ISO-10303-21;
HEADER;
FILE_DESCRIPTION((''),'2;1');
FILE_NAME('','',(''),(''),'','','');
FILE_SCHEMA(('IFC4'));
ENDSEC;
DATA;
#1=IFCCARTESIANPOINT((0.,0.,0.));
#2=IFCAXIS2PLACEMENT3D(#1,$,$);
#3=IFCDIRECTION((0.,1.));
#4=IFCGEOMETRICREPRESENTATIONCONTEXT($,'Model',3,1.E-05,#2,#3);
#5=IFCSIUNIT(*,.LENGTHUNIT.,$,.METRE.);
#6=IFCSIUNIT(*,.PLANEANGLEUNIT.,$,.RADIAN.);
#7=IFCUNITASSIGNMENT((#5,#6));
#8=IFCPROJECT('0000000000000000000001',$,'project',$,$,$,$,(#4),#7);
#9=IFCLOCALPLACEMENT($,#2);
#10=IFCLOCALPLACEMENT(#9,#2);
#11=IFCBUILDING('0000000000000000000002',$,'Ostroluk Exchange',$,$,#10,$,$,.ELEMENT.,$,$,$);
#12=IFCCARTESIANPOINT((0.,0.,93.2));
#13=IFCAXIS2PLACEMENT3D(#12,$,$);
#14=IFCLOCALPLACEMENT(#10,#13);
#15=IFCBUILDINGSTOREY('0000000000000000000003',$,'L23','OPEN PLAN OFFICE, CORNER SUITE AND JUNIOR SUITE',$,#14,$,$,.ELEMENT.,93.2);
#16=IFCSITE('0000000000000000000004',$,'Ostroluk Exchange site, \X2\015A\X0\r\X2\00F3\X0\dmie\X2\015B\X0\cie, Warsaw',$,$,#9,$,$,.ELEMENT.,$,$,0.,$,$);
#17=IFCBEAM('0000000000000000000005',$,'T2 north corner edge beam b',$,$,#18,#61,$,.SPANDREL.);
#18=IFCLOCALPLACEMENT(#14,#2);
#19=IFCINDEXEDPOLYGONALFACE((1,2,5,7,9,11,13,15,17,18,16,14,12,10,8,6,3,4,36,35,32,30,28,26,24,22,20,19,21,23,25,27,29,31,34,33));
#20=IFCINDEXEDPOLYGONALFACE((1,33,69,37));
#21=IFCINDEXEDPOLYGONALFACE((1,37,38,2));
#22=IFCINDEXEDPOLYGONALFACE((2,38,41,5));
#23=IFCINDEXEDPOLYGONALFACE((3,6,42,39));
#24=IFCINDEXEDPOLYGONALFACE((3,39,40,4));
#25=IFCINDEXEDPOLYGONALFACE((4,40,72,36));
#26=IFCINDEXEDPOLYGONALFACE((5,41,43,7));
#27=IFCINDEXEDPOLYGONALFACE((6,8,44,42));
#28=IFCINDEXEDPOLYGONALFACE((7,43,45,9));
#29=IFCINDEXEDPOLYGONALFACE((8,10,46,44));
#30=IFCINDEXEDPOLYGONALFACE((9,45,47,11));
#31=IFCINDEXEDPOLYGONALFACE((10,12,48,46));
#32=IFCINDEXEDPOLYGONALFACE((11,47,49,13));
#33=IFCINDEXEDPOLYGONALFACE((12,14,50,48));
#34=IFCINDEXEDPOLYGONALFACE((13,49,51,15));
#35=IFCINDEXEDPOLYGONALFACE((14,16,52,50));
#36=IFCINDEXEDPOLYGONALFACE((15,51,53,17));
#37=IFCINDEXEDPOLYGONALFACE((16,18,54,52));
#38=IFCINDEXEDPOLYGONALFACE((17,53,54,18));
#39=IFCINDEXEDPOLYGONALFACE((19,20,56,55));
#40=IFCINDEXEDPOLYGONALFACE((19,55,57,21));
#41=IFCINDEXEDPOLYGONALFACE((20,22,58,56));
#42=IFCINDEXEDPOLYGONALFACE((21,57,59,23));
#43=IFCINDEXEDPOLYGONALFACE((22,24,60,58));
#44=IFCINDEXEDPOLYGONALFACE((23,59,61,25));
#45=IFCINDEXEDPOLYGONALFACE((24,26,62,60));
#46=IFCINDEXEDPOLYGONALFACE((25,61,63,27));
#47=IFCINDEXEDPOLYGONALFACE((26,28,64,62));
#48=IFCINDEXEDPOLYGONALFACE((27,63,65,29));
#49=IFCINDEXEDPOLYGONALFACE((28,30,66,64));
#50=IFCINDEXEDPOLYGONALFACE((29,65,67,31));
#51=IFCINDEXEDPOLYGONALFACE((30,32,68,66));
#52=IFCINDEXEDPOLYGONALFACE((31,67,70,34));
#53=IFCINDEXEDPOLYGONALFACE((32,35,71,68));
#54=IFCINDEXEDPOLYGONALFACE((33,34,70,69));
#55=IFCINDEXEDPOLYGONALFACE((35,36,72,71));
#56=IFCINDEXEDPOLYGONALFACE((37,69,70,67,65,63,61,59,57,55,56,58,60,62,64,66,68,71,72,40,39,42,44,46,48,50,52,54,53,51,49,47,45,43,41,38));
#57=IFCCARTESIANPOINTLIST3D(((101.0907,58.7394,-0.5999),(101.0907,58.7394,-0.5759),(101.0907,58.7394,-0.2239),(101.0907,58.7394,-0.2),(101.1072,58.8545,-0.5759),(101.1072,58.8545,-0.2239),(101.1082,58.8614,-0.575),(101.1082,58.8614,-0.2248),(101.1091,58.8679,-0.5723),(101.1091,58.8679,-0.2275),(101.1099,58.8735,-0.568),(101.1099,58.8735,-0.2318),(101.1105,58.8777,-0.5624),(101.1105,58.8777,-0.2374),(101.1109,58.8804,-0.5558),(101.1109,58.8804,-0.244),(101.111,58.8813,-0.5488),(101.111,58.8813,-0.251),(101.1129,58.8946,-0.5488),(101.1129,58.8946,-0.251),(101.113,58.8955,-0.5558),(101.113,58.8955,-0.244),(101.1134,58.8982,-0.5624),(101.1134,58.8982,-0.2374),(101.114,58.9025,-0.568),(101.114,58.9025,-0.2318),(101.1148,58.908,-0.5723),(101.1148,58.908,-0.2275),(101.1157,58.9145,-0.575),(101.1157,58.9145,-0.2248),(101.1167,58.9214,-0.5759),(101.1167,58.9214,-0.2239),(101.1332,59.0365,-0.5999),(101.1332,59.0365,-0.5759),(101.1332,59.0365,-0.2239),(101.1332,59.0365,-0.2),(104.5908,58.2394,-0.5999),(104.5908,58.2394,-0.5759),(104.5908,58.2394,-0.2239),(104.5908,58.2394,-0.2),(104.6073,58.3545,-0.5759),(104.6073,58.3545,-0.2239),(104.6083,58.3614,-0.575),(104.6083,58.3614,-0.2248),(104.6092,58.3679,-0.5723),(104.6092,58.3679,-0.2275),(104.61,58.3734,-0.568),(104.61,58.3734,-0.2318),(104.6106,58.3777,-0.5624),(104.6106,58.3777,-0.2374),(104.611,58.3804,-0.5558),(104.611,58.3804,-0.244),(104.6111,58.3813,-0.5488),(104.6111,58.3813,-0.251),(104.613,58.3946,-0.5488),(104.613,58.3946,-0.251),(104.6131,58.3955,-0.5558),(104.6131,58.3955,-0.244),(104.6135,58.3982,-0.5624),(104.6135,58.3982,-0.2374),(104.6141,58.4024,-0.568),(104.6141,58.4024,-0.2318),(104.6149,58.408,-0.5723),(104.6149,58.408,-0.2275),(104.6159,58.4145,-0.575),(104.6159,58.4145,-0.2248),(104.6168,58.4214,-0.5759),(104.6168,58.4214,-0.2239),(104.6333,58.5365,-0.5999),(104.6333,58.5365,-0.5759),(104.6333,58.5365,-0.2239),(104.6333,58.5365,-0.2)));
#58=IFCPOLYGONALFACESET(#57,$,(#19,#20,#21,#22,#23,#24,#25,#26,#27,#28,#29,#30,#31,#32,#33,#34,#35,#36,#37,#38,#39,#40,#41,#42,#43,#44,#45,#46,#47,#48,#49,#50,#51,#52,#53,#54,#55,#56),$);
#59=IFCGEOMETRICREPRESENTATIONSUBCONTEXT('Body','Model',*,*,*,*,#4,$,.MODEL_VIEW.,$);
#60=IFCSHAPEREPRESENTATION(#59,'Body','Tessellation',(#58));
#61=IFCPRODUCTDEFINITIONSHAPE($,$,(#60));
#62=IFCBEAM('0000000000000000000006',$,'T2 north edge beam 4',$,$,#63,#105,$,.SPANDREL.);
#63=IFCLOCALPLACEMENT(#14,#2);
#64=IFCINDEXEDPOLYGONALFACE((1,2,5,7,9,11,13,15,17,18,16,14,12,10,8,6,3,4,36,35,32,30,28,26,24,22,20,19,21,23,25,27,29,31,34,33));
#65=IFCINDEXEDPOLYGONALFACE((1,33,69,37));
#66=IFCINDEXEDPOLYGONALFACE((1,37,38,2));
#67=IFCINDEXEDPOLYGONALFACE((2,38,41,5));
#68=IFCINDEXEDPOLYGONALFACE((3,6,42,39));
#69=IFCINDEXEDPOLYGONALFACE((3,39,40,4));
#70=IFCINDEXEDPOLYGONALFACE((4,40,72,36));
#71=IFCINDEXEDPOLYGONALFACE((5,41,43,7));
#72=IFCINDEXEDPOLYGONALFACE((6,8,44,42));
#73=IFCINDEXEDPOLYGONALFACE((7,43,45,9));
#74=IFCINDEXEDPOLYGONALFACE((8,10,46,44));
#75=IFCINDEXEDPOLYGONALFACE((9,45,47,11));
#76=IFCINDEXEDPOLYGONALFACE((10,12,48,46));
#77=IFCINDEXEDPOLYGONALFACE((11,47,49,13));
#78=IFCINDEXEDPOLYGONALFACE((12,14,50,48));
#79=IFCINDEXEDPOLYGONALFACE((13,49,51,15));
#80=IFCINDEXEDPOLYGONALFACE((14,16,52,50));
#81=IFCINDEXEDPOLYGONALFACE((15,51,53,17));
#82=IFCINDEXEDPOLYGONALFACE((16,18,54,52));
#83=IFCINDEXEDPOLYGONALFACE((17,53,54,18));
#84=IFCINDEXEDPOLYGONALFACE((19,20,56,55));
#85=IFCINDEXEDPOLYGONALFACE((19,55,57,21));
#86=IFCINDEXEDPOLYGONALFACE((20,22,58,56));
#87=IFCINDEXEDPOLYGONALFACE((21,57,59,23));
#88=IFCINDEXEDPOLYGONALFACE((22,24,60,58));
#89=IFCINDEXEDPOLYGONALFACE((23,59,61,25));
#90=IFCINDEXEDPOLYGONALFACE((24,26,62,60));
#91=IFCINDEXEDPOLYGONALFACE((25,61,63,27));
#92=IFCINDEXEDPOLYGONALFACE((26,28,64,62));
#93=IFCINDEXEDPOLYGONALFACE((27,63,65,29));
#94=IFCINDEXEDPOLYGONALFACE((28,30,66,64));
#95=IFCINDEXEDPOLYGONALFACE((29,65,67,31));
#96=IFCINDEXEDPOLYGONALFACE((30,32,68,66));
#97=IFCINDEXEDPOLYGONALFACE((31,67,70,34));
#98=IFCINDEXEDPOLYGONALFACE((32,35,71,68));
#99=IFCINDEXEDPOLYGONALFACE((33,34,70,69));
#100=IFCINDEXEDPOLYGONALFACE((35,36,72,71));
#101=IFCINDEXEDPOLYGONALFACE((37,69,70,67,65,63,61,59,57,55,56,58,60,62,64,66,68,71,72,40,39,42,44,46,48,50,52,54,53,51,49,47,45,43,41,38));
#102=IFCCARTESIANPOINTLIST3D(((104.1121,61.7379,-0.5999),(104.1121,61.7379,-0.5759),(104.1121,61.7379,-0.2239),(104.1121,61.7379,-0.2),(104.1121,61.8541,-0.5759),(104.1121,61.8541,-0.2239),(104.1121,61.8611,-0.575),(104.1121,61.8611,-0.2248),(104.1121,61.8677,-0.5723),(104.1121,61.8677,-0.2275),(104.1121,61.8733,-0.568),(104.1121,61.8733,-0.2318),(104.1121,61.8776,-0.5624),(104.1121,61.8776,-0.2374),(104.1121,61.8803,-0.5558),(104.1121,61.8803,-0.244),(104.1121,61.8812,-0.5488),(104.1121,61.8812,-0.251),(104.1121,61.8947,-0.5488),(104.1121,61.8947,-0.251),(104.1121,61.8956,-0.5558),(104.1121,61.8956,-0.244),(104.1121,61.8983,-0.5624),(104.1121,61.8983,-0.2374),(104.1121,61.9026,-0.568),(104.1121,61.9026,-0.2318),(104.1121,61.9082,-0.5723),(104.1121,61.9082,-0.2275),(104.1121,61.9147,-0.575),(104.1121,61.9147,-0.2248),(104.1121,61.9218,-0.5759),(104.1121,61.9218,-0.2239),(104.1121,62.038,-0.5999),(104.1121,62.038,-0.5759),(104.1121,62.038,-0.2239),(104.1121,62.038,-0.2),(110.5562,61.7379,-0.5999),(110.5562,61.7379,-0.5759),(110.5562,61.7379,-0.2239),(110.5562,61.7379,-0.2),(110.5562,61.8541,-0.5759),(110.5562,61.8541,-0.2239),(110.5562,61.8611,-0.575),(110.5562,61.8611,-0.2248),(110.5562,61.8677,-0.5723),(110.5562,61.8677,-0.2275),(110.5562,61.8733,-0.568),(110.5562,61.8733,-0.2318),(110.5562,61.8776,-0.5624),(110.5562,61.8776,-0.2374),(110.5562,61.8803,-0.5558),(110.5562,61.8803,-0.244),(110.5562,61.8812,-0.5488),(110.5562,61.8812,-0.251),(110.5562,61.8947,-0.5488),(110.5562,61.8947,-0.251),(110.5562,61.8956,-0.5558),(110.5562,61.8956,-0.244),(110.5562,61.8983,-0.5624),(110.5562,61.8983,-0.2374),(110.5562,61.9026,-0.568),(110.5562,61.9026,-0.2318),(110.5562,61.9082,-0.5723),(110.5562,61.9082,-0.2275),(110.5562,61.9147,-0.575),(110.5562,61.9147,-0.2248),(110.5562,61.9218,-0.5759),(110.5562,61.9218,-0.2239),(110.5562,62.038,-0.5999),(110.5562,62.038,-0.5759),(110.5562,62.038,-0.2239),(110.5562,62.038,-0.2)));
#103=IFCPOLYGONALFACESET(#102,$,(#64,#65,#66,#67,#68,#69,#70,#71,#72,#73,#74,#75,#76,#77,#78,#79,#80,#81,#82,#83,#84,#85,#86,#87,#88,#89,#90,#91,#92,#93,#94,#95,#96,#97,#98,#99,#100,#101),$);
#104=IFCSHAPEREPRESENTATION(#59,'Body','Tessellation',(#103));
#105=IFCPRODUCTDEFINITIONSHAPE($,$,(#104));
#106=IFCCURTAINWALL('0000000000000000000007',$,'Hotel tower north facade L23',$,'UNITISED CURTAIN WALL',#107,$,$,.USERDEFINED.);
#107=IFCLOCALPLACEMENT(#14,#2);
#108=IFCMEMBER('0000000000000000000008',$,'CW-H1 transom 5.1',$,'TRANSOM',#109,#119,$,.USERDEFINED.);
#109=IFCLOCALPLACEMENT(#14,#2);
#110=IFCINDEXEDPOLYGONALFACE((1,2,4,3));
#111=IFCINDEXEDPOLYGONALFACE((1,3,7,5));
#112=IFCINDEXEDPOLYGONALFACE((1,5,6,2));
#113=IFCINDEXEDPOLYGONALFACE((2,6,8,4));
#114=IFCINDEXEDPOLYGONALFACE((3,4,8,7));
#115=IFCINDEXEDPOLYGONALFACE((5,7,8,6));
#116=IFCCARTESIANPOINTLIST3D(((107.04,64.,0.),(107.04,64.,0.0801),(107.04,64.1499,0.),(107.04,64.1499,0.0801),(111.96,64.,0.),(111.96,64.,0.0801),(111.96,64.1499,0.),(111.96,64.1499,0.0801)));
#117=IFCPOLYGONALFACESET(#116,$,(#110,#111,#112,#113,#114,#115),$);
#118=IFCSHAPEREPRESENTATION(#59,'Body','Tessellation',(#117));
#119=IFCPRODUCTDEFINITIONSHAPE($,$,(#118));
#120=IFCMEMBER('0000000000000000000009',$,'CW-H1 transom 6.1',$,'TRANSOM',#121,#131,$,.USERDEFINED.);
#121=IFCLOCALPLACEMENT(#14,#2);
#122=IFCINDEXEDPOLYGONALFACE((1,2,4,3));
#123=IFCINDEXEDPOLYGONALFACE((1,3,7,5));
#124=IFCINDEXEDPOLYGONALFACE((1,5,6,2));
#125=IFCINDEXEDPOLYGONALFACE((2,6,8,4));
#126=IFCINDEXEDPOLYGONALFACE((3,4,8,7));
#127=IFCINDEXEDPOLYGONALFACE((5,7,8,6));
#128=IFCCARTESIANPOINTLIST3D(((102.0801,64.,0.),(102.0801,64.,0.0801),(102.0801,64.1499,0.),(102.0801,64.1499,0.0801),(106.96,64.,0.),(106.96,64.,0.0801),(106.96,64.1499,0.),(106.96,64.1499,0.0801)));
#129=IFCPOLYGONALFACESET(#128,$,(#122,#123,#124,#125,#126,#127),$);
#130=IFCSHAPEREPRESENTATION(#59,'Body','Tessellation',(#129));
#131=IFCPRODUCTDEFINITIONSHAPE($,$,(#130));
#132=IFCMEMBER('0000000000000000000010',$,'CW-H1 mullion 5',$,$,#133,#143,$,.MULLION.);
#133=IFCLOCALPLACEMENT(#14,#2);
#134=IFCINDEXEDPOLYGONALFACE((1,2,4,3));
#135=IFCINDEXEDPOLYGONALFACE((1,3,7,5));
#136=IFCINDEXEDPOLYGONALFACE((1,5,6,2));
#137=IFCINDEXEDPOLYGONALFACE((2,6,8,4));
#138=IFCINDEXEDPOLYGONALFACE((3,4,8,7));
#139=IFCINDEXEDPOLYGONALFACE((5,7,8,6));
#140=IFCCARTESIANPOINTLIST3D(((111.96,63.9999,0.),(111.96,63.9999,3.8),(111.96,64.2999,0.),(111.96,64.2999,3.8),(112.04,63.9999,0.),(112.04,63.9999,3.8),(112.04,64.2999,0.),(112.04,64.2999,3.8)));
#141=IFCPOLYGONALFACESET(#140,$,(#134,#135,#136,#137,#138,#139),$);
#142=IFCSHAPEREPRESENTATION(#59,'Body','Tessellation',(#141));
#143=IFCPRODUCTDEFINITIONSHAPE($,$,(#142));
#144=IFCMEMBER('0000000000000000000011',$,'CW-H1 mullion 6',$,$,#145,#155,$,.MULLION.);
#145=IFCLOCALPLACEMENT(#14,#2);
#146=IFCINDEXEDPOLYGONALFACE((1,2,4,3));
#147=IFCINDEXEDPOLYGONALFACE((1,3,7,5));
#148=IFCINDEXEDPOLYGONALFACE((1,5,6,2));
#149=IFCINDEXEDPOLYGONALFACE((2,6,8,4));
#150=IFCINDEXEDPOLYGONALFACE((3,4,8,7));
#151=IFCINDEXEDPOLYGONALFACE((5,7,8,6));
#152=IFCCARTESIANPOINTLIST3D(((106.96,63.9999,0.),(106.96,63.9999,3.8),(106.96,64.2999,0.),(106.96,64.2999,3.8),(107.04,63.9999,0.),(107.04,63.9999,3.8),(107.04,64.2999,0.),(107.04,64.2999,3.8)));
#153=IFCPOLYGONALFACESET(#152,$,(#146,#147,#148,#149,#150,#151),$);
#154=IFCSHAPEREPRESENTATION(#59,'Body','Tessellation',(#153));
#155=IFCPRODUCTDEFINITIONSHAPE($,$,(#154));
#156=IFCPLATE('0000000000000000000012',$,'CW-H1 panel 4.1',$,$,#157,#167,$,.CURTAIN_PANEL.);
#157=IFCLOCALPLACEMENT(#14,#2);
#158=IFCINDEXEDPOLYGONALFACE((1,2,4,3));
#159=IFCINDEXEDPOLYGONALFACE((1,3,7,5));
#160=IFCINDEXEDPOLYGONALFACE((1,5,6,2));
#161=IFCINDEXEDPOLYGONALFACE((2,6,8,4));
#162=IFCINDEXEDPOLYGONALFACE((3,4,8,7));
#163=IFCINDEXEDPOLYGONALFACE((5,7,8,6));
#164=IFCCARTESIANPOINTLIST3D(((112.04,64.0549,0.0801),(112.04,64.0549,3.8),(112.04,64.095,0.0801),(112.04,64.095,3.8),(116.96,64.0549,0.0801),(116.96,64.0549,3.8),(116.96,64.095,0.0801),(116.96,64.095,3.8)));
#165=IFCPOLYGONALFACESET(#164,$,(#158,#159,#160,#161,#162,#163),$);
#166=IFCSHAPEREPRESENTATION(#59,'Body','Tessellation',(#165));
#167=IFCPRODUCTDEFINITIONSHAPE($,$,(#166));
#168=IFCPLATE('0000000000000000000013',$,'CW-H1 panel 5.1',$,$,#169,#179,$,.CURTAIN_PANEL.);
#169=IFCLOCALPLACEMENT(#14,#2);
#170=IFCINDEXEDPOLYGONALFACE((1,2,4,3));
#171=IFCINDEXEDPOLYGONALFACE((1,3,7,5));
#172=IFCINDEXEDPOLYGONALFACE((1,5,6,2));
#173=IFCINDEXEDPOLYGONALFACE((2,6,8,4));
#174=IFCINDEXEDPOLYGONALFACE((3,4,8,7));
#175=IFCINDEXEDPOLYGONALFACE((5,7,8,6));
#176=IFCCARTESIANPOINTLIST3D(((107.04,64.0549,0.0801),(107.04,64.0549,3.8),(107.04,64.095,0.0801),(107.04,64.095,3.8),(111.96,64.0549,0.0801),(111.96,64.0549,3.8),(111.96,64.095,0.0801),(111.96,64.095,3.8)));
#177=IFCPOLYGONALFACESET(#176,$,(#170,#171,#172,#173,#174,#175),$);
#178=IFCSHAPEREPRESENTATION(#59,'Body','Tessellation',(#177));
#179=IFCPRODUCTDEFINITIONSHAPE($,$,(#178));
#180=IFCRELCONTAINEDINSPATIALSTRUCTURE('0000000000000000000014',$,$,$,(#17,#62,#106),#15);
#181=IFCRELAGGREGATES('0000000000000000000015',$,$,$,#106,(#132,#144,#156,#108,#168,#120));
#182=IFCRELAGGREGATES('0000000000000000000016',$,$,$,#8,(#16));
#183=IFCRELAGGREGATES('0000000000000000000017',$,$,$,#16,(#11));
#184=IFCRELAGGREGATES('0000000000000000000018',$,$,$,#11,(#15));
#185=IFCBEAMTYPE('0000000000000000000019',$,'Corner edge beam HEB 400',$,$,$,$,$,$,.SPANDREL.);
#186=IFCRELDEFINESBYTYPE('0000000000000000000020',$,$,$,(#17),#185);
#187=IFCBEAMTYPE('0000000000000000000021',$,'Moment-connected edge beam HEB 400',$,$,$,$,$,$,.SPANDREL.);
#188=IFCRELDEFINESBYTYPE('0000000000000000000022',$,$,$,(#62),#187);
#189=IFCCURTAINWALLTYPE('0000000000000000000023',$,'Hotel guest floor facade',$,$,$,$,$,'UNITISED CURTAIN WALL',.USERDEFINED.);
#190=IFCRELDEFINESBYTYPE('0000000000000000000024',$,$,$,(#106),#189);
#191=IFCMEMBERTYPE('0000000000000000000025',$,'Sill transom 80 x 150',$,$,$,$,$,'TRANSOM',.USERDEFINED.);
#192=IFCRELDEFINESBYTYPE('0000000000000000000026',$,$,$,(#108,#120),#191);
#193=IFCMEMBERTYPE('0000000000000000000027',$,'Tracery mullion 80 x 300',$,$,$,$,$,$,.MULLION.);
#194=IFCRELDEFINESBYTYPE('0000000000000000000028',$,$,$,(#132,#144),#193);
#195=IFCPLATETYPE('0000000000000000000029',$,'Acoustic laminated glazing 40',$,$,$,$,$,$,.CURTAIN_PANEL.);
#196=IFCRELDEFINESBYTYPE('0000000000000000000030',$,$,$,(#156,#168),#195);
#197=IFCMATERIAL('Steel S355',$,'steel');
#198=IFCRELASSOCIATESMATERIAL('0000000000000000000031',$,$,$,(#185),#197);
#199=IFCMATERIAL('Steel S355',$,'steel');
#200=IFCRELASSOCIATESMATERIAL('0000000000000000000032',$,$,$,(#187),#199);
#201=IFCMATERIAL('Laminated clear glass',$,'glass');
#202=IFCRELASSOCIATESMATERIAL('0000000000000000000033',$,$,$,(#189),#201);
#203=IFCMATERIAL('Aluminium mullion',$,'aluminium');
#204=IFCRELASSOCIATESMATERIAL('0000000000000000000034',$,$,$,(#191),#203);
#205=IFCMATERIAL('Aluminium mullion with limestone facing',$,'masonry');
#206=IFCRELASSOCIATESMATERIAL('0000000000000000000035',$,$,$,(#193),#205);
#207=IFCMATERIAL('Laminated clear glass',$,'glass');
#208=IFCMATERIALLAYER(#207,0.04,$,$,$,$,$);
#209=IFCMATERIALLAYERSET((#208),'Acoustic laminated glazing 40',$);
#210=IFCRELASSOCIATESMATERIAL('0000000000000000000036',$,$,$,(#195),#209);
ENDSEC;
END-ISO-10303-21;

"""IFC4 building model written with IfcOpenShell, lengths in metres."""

from ifc_helpers import new_model, si_unit, direction, frame, origin, origin_2d, place, context, subcontext, project, spatial, rectangle, i_section, extrude, material, layer, layer_set, material_profile, profile_set, type_object, element, aggregate, save


model = new_model("IFC4")

# Units and contexts
model_context = context("Model", 3, precision=1e-05, world=origin(), true_north=direction((0.0, 1.0)))
body_context = subcontext(model_context, "Body", "Model", "MODEL_VIEW")
ifc_project = project(units=[si_unit("LENGTHUNIT", "METRE"), si_unit("PLANEANGLEUNIT", "RADIAN")], contexts=[model_context])

# Site, building, storey
site_placement = place(None, origin())
site = spatial("IfcSite", under=ifc_project, at=site_placement, Name="Ostroluk Exchange site, Śródmieście, Warsaw", CompositionType="ELEMENT", RefElevation=0.0)
building_placement = place(site_placement, origin())
building = spatial("IfcBuilding", under=site, at=building_placement, Name="Ostroluk Exchange", CompositionType="ELEMENT")
storey_placement = place(building_placement, frame((0.0, 0.0, 93.2)))
storey = spatial("IfcBuildingStorey", under=building, at=storey_placement, Name="L23", Description="OPEN PLAN OFFICE, CORNER SUITE AND JUNIOR SUITE", CompositionType="ELEMENT", Elevation=93.2)

# Beams
ifc_material_1 = material(Name="Steel S355", Category="steel")
ifc_material_profile_1 = material_profile(ifc_material_1, i_section(OverallWidth=0.3, OverallDepth=0.3999, WebThickness=0.0134, FlangeThickness=0.0239, FilletRadius=0.0271, at=origin_2d()), Name="HEB 400")
ifc_profile_set_1 = profile_set([ifc_material_profile_1], Name="Steel S355")
beam_type_1 = type_object("IfcBeamType", Name="Corner edge beam HEB 400", PredefinedType="SPANDREL", material=ifc_profile_set_1)
for number, where, z_axis, x_axis, name in (
    (1, (104.6121, 58.3879, -0.3999), (-0.989949, 0.141421, 0.0), (-0.141421, -0.989949, 0.0), "T2 north corner edge beam b"),
):
    element("IfcBeam", number, at=place(storey_placement, frame(where, z_axis=z_axis, x_axis=x_axis)), inside=storey, type_object=beam_type_1, Name=name, PredefinedType="SPANDREL", context=body_context, shape_type="SweptSolid", body=[
        extrude(i_section(OverallWidth=0.3, OverallDepth=0.3999, WebThickness=0.0134, FlangeThickness=0.0239, FilletRadius=0.0271, at=origin_2d()), origin(), (0.0, 0.0, 1.0), 3.5356),
    ])
ifc_material_2 = material(Name="Steel S355", Category="steel")
ifc_material_profile_2 = material_profile(ifc_material_2, i_section(OverallWidth=0.3, OverallDepth=0.3999, WebThickness=0.0134, FlangeThickness=0.0239, FilletRadius=0.0271, at=origin_2d()), Name="HEB 400")
ifc_profile_set_2 = profile_set([ifc_material_profile_2], Name="Steel S355")
beam_type_2 = type_object("IfcBeamType", Name="Moment-connected edge beam HEB 400", PredefinedType="SPANDREL", material=ifc_profile_set_2)
beam_1_placement = place(storey_placement, frame((110.5562, 61.8879, -0.3999), z_axis=(-1.0, 0.0, 0.0), x_axis=(0.0, -1.0, 0.0)))
element("IfcBeam", 2, at=beam_1_placement, inside=storey, type_object=beam_type_2, Name="T2 north edge beam 4", PredefinedType="SPANDREL", context=body_context, shape_type="SweptSolid", body=[
    extrude(i_section(OverallWidth=0.3, OverallDepth=0.3999, WebThickness=0.0134, FlangeThickness=0.0239, FilletRadius=0.0271, at=origin_2d()), origin(), (0.0, 0.0, 1.0), 6.4441),
])

# Curtain wall, members, plates
ifc_material_3 = material(Name="Laminated clear glass", Category="glass")
curtain_wall_type = type_object("IfcCurtainWallType", Name="Hotel guest floor facade", ElementType="UNITISED CURTAIN WALL", PredefinedType="USERDEFINED", material=ifc_material_3)
curtain_wall_placement = place(storey_placement, origin())
curtain_wall = element("IfcCurtainWall", 3, at=curtain_wall_placement, inside=storey, type_object=curtain_wall_type, Name="Hotel tower north facade L23", ObjectType="UNITISED CURTAIN WALL", PredefinedType="USERDEFINED")
ifc_material_4 = material(Name="Aluminium mullion", Category="aluminium")
ifc_material_profile_3 = material_profile(ifc_material_4, rectangle(XDim=0.1499, YDim=0.0801, at=origin_2d()), Name="Sill transom 80 x 150")
ifc_profile_set_3 = profile_set([ifc_material_profile_3], Name="Aluminium mullion")
member_type_1 = type_object("IfcMemberType", Name="Sill transom 80 x 150", ElementType="TRANSOM", PredefinedType="USERDEFINED", material=ifc_profile_set_3)
member_1_placement = place(storey_placement, frame((111.96, 64.075, 0.04), z_axis=(-1.0, 0.0, 0.0), x_axis=(0.0, -1.0, 0.0)))
member_1 = element("IfcMember", 4, at=member_1_placement, type_object=member_type_1, Name="CW-H1 transom 5.1", ObjectType="TRANSOM", PredefinedType="USERDEFINED", context=body_context, shape_type="SweptSolid", body=[
    extrude(rectangle(XDim=0.1499, YDim=0.0801, at=origin_2d()), origin(), (0.0, 0.0, 1.0), 4.9199),
])
member_2_placement = place(storey_placement, frame((106.96, 64.075, 0.04), z_axis=(-1.0, 0.0, 0.0), x_axis=(0.0, -1.0, 0.0)))
member_2 = element("IfcMember", 5, at=member_2_placement, type_object=member_type_1, Name="CW-H1 transom 6.1", ObjectType="TRANSOM", PredefinedType="USERDEFINED", context=body_context, shape_type="SweptSolid", body=[
    extrude(rectangle(XDim=0.1499, YDim=0.0801, at=origin_2d()), origin(), (0.0, 0.0, 1.0), 4.8799),
])
ifc_material_5 = material(Name="Aluminium mullion with limestone facing", Category="masonry")
ifc_material_profile_4 = material_profile(ifc_material_5, rectangle(XDim=0.3, YDim=0.0801, at=origin_2d()), Name="Tracery mullion 80 x 300")
ifc_profile_set_4 = profile_set([ifc_material_profile_4], Name="Aluminium mullion with limestone facing")
member_type_2 = type_object("IfcMemberType", Name="Tracery mullion 80 x 300", PredefinedType="MULLION", material=ifc_profile_set_4)
member_3_placement = place(storey_placement, frame((112.0, 64.1499, 0.0), z_axis=(0.0, 0.0, 1.0), x_axis=(0.0, -1.0, 0.0)))
member_3 = element("IfcMember", 6, at=member_3_placement, type_object=member_type_2, Name="CW-H1 mullion 5", PredefinedType="MULLION", context=body_context, shape_type="SweptSolid", body=[
    extrude(rectangle(XDim=0.3, YDim=0.0801, at=origin_2d()), origin(), (0.0, 0.0, 1.0), 3.8),
])
member_4_placement = place(storey_placement, frame((107.0, 64.1499, 0.0), z_axis=(0.0, 0.0, 1.0), x_axis=(0.0, -1.0, 0.0)))
member_4 = element("IfcMember", 7, at=member_4_placement, type_object=member_type_2, Name="CW-H1 mullion 6", PredefinedType="MULLION", context=body_context, shape_type="SweptSolid", body=[
    extrude(rectangle(XDim=0.3, YDim=0.0801, at=origin_2d()), origin(), (0.0, 0.0, 1.0), 3.8),
])
ifc_material_6 = material(Name="Laminated clear glass", Category="glass")
ifc_layer_1 = layer(ifc_material_6, 0.04)
ifc_layer_set_1 = layer_set([ifc_layer_1], Name="Acoustic laminated glazing 40")
plate_type = type_object("IfcPlateType", Name="Acoustic laminated glazing 40", PredefinedType="CURTAIN_PANEL", material=ifc_layer_set_1)
plate_1_placement = place(storey_placement, frame((114.5, 64.075, 0.0801), z_axis=(0.0, 0.0, 1.0), x_axis=(-1.0, 0.0, 0.0)))
plate_1 = element("IfcPlate", 8, at=plate_1_placement, type_object=plate_type, Name="CW-H1 panel 4.1", PredefinedType="CURTAIN_PANEL", context=body_context, shape_type="SweptSolid", body=[
    extrude(rectangle(XDim=4.9199, YDim=0.04, at=origin_2d()), origin(), (0.0, 0.0, 1.0), 3.72),
])
plate_2_placement = place(storey_placement, frame((109.5, 64.075, 0.0801), z_axis=(0.0, 0.0, 1.0), x_axis=(-1.0, 0.0, 0.0)))
plate_2 = element("IfcPlate", 9, at=plate_2_placement, type_object=plate_type, Name="CW-H1 panel 5.1", PredefinedType="CURTAIN_PANEL", context=body_context, shape_type="SweptSolid", body=[
    extrude(rectangle(XDim=4.9199, YDim=0.04, at=origin_2d()), origin(), (0.0, 0.0, 1.0), 3.72),
])
aggregate(curtain_wall, [member_3, member_4, plate_1, member_1, plate_2, member_2])

save(model, "model.ifc")
